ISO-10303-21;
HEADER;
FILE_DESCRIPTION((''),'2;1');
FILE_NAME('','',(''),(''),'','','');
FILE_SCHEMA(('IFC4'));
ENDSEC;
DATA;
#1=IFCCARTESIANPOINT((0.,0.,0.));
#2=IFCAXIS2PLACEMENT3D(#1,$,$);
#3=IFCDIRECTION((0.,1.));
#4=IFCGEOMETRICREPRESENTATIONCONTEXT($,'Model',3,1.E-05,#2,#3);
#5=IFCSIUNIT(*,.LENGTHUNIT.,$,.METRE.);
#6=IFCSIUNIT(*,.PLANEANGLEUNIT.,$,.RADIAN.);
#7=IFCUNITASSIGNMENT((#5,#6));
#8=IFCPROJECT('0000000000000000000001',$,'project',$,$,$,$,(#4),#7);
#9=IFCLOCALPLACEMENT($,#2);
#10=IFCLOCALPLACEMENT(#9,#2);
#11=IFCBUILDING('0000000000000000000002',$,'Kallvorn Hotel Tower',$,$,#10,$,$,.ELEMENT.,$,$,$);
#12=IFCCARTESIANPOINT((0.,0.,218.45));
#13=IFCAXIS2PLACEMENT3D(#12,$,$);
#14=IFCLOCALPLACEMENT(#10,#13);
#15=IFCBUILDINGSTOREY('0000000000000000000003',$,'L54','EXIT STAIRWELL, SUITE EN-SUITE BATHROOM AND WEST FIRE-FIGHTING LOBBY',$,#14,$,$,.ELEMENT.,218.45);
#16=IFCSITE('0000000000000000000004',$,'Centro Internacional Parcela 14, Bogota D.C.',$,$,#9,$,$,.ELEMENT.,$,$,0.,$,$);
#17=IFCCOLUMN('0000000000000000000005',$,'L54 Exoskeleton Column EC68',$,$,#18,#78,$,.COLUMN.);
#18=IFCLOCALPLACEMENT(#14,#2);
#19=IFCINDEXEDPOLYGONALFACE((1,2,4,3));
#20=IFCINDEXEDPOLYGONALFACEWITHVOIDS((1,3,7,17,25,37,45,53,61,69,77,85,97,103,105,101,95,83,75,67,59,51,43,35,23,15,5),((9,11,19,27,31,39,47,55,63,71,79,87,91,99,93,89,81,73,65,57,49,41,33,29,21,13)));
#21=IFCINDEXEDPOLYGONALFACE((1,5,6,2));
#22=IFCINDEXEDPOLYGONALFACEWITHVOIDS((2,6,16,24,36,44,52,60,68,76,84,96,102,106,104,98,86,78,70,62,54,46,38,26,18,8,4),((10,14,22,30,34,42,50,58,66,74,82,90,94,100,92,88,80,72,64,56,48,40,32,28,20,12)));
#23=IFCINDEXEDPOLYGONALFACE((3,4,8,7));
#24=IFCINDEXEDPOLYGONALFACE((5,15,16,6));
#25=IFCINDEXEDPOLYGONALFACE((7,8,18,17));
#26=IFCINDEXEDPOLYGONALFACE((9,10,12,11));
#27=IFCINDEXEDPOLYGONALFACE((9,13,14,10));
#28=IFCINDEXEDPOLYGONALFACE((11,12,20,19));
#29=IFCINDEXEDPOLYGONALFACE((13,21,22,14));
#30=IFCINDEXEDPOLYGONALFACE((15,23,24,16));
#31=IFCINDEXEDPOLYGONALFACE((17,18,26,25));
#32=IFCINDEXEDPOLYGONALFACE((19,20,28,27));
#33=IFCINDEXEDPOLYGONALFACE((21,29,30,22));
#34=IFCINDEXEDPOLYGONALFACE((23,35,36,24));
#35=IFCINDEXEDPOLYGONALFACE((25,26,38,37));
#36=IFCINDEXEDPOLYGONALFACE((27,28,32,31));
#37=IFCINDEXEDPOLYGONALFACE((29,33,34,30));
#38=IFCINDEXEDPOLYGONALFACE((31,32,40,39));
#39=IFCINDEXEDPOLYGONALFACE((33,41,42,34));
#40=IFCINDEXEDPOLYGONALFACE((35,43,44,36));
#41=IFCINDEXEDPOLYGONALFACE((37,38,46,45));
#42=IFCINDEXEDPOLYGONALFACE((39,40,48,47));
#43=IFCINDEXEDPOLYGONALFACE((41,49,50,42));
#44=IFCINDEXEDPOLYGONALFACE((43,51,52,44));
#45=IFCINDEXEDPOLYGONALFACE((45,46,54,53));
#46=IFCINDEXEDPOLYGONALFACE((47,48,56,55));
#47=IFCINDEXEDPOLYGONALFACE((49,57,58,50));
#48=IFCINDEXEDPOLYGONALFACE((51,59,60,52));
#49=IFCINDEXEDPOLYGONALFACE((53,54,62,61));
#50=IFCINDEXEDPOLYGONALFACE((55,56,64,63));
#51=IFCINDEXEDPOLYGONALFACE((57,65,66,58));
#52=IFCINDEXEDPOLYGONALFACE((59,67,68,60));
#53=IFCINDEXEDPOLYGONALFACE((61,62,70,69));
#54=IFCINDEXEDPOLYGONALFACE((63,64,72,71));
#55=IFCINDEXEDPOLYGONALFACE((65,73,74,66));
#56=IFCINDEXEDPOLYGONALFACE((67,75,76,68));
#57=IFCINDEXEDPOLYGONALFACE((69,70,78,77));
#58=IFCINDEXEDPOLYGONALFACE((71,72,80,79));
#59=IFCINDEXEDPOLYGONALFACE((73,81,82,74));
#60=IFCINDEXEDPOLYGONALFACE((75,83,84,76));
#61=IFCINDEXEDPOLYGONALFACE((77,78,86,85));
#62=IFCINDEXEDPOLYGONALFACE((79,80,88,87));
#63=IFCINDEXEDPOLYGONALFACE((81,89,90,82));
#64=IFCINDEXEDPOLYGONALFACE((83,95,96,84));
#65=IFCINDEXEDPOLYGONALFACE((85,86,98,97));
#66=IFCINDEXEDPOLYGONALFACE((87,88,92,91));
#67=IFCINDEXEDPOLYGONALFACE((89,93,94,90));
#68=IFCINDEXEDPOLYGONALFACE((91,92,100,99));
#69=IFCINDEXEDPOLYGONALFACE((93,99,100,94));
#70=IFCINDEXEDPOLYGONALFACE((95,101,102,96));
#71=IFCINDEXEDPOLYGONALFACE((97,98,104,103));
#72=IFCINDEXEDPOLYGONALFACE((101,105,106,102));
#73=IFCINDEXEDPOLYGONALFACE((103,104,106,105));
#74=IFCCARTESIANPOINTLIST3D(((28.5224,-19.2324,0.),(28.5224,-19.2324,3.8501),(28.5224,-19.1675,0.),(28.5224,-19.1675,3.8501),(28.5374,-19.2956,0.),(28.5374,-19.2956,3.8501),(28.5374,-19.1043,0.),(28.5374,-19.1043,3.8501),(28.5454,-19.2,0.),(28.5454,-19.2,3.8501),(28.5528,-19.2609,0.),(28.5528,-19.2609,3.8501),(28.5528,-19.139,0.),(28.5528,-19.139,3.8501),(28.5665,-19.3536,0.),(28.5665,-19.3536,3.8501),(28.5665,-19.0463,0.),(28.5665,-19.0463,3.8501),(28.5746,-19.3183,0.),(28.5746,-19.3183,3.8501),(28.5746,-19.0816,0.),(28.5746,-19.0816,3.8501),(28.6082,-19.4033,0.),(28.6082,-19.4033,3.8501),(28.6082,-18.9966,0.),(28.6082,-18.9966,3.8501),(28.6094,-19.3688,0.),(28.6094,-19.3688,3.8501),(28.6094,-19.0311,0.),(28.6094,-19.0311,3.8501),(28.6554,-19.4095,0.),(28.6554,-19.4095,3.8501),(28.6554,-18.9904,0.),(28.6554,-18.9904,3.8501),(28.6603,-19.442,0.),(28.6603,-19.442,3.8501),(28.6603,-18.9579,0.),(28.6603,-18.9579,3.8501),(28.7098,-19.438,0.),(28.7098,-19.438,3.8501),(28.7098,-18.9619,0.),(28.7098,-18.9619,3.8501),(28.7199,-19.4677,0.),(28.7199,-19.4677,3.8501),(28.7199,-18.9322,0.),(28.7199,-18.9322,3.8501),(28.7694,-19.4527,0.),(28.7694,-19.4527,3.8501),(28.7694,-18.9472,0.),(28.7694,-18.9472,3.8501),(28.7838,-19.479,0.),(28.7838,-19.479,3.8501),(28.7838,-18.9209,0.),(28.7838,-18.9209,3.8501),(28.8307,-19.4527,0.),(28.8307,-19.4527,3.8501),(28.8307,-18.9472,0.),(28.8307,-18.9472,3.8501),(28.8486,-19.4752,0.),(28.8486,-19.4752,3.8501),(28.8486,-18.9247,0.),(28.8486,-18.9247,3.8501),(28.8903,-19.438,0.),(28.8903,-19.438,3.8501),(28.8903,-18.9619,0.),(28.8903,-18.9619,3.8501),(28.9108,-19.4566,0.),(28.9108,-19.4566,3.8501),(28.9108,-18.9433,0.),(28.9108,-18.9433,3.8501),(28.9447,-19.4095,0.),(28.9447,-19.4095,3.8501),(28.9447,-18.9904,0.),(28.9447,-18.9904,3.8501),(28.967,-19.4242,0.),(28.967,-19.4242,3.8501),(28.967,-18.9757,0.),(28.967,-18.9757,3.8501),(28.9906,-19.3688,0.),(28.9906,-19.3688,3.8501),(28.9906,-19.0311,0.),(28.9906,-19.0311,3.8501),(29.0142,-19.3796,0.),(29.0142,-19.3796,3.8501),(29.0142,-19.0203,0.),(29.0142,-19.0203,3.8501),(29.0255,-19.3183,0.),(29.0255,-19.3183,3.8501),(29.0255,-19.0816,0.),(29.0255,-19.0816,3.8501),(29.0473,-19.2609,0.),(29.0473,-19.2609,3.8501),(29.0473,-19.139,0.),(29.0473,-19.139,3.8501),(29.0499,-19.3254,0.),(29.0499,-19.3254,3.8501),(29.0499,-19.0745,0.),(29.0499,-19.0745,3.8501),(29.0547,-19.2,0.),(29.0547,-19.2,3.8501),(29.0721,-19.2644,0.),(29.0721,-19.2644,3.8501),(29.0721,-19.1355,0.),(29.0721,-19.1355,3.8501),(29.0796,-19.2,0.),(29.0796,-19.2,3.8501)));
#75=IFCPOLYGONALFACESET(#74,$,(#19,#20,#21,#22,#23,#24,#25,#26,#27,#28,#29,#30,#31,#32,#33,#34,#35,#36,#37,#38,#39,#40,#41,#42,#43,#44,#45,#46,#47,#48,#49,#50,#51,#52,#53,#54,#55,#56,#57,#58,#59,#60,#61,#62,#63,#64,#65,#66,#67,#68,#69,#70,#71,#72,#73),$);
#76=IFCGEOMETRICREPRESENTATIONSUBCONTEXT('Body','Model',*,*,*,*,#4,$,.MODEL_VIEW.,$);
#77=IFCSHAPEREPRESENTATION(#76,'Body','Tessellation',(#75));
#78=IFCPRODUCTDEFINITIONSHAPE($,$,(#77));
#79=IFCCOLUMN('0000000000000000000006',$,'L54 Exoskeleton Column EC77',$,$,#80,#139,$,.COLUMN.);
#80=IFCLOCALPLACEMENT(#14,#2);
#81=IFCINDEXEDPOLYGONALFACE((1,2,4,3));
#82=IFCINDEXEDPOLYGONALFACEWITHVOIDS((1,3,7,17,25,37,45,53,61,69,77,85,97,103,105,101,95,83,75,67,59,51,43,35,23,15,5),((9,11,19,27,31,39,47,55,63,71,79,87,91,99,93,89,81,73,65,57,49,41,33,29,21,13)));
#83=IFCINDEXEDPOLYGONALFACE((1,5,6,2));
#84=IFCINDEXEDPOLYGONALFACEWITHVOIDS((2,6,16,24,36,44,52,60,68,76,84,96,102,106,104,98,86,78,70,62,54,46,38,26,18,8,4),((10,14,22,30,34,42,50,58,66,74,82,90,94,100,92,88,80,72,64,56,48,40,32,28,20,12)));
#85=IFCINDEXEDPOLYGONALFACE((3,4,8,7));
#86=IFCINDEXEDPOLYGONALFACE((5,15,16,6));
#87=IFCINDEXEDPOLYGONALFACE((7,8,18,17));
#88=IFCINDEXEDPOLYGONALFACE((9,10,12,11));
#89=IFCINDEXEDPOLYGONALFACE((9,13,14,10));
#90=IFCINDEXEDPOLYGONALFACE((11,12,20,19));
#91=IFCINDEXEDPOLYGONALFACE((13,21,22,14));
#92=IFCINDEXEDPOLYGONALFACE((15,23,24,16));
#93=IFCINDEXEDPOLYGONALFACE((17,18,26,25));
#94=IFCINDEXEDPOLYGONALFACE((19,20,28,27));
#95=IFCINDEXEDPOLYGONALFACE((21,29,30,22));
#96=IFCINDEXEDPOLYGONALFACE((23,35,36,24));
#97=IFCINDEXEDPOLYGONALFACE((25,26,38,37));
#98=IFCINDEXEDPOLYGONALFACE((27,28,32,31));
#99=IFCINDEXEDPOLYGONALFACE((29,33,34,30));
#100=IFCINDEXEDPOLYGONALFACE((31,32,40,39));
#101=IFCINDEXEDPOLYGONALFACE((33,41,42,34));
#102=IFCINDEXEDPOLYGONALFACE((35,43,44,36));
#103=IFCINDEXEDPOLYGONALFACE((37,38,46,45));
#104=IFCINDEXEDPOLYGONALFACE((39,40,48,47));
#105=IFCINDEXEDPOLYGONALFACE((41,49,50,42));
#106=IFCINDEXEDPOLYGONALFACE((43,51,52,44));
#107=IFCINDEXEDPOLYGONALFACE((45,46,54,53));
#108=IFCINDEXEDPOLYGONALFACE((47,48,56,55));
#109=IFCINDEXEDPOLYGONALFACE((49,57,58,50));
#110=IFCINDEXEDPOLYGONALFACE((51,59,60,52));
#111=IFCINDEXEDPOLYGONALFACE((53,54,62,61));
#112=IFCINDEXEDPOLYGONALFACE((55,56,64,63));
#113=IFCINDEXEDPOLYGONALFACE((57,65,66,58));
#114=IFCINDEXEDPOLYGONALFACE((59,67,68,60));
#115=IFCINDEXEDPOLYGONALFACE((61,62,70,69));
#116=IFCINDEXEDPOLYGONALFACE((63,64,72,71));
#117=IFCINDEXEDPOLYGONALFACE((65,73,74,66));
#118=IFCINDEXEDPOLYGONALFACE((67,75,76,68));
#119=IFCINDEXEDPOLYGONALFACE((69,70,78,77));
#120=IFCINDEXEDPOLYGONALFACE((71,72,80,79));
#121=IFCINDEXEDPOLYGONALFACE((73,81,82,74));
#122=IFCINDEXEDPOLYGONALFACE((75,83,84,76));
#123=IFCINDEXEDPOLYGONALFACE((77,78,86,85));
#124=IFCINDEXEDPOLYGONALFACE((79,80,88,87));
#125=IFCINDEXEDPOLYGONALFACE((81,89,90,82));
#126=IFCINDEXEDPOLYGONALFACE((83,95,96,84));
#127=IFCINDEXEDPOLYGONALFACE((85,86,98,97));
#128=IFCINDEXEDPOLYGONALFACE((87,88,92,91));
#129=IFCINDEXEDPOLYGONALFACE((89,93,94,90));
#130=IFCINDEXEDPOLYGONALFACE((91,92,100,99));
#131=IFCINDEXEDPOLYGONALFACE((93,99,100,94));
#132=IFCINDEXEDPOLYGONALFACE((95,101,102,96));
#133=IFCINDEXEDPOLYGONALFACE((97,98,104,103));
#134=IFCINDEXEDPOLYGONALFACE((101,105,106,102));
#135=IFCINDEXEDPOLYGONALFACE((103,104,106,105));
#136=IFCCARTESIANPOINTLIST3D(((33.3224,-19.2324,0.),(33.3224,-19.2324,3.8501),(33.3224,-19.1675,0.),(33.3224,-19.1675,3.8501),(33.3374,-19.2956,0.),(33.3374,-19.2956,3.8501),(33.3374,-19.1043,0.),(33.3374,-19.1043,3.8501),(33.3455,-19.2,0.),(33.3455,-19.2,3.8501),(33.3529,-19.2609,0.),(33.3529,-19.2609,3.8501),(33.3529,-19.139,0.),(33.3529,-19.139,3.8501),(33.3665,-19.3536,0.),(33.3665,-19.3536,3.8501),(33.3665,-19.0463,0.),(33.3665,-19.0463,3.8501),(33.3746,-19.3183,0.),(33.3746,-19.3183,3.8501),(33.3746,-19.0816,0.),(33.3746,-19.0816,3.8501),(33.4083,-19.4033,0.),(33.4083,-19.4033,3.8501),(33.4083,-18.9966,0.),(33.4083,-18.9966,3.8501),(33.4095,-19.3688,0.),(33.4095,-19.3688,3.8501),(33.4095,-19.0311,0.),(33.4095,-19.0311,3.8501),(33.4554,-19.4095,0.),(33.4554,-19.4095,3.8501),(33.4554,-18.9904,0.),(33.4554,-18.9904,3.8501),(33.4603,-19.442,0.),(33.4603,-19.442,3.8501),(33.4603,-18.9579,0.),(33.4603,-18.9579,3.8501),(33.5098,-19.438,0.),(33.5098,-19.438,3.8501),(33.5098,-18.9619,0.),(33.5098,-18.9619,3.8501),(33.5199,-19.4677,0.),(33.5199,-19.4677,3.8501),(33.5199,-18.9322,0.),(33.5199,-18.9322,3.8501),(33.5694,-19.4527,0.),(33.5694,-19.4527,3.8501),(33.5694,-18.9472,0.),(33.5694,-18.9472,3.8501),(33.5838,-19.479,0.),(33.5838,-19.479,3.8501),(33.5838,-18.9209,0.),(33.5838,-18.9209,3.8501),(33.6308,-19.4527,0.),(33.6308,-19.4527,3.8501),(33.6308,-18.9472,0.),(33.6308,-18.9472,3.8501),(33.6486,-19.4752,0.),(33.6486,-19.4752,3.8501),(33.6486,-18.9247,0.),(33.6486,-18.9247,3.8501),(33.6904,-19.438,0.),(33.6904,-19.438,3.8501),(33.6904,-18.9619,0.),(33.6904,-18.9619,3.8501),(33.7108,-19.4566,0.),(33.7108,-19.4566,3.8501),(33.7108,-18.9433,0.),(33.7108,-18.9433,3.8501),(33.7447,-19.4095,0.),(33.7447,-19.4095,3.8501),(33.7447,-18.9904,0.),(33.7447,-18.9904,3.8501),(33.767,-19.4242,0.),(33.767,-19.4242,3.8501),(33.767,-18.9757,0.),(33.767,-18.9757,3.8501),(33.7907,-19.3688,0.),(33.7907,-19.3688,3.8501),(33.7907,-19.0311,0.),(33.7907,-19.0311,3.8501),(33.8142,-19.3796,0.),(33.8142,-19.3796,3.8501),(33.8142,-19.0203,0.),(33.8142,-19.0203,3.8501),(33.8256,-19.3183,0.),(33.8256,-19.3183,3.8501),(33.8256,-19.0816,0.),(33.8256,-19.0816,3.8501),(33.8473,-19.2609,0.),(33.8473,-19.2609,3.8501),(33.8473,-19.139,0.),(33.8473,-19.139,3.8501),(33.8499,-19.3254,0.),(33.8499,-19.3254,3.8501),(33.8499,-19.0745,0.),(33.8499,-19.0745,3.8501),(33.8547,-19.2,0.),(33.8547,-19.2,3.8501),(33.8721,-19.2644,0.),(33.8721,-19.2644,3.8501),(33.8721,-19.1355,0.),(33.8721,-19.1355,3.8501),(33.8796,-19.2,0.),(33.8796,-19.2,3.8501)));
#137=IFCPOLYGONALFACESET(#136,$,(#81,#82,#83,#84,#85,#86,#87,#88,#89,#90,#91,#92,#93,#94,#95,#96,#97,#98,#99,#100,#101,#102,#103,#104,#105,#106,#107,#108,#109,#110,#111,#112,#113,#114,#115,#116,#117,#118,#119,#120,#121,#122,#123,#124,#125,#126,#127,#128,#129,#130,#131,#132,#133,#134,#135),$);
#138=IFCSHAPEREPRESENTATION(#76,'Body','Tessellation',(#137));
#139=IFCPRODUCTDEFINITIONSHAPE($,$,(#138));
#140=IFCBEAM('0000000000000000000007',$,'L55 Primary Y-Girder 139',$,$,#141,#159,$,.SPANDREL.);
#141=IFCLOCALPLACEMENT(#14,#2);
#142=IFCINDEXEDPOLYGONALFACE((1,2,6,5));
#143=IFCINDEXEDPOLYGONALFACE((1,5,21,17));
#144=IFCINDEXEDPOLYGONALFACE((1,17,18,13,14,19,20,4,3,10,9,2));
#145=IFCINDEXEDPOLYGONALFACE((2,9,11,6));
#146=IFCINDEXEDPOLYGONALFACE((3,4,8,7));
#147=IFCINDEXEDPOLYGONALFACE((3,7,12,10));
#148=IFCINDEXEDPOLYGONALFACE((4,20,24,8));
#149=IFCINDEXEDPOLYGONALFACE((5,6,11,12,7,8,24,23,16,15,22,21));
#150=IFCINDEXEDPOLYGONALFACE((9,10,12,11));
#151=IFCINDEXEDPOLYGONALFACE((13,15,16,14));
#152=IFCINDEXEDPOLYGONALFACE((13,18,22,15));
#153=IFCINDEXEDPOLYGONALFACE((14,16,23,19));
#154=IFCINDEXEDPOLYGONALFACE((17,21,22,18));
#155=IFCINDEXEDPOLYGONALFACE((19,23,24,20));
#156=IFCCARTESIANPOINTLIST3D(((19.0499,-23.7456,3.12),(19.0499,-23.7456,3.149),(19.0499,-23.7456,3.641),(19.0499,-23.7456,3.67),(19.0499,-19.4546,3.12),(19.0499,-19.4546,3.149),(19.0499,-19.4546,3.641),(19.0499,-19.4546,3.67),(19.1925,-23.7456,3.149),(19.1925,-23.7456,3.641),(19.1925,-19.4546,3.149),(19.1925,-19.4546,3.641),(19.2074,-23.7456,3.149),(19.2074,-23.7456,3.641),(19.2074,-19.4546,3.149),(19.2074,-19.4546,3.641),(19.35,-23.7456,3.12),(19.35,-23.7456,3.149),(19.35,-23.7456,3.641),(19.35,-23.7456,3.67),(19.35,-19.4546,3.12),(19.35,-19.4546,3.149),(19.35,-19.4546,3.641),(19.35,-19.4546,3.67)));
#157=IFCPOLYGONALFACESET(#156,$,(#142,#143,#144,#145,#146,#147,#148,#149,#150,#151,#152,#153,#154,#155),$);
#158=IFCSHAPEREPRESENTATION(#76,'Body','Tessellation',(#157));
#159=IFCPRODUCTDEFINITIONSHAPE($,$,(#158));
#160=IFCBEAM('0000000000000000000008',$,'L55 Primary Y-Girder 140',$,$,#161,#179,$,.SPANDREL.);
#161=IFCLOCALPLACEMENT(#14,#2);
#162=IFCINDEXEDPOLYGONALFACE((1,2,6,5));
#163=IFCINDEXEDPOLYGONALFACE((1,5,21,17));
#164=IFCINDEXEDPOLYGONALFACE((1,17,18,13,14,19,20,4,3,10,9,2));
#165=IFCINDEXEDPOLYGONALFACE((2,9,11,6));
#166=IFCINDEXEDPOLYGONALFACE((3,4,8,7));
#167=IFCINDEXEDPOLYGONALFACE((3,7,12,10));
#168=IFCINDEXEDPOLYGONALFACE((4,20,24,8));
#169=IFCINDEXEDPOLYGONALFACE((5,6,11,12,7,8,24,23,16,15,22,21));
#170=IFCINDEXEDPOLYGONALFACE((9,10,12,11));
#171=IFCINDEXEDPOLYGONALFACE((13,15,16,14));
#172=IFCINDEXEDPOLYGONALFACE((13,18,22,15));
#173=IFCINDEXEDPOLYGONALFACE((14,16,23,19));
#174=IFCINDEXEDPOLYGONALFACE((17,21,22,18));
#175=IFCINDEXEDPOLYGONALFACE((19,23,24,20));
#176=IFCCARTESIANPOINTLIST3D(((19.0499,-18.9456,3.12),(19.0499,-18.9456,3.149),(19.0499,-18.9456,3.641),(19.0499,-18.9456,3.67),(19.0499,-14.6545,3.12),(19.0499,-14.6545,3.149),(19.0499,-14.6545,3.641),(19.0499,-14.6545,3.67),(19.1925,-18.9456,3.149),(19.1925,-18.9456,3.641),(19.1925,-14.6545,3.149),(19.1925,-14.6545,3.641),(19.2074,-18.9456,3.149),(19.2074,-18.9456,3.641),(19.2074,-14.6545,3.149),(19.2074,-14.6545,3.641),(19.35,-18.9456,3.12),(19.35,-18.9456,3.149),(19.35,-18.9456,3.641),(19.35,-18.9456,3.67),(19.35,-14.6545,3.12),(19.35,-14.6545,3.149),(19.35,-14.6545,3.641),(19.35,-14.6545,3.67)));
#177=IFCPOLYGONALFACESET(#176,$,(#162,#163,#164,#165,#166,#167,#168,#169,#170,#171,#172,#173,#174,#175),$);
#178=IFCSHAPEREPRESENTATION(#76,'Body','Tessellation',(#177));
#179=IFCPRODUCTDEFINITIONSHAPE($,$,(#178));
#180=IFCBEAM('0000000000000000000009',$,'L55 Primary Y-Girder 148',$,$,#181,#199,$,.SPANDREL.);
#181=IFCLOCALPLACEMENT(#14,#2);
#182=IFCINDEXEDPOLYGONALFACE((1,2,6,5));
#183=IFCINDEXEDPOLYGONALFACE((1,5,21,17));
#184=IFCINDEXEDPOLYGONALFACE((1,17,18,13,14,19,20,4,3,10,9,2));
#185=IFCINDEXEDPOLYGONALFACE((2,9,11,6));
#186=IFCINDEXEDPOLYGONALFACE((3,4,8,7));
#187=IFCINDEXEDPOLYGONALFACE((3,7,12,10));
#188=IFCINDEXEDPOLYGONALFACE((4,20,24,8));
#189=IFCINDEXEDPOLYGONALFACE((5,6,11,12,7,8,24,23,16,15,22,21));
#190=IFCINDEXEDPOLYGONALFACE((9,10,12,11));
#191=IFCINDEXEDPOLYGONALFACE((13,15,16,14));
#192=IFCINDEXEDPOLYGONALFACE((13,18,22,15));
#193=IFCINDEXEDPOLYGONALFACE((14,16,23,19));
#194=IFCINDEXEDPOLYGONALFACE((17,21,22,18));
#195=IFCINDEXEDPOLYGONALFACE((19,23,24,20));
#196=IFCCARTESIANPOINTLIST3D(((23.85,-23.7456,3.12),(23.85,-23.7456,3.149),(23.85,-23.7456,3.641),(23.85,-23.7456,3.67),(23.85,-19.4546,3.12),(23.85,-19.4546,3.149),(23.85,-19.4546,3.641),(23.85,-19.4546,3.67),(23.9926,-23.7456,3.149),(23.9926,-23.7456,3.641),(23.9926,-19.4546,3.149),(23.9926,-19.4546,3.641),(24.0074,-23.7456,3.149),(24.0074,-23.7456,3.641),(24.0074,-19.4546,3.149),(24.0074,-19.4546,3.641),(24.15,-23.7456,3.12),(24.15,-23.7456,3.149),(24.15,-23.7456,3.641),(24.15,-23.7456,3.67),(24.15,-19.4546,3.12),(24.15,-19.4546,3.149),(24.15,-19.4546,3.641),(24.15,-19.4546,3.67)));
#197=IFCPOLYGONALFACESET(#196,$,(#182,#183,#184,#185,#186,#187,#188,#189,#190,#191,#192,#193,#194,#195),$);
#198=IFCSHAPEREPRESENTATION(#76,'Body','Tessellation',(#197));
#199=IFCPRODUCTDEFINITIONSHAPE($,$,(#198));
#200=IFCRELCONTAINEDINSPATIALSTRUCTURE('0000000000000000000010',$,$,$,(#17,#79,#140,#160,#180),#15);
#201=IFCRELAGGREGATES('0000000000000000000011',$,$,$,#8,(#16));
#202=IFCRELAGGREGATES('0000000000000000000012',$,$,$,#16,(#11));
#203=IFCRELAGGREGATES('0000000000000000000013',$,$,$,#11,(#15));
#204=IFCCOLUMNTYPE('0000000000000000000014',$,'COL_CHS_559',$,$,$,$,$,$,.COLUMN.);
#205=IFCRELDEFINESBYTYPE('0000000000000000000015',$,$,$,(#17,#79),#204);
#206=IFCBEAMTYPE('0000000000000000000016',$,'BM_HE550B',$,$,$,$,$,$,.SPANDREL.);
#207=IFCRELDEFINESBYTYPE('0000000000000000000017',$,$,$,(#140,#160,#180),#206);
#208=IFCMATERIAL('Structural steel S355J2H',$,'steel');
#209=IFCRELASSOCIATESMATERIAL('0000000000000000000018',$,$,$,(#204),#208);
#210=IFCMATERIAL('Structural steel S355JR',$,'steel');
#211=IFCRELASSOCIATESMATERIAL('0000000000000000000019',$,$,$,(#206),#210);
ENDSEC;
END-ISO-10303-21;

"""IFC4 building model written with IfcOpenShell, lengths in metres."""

from ifc_helpers import new_model, si_unit, direction, frame, origin, origin_2d, place, context, subcontext, project, spatial, hollow_circle, i_section, extrude, material, material_profile, profile_set, type_object, element, save


model = new_model("IFC4")

# Units and contexts
model_context = context("Model", 3, precision=1e-05, world=origin(), true_north=direction((0.0, 1.0)))
body_context = subcontext(model_context, "Body", "Model", "MODEL_VIEW")
ifc_project = project(units=[si_unit("LENGTHUNIT", "METRE"), si_unit("PLANEANGLEUNIT", "RADIAN")], contexts=[model_context])

# Site, building, storey
site_placement = place(None, origin())
site = spatial("IfcSite", under=ifc_project, at=site_placement, Name="Centro Internacional Parcela 14, Bogota D.C.", CompositionType="ELEMENT", RefElevation=0.0)
building_placement = place(site_placement, origin())
building = spatial("IfcBuilding", under=site, at=building_placement, Name="Kallvorn Hotel Tower", CompositionType="ELEMENT")
storey_placement = place(building_placement, frame((0.0, 0.0, 218.45)))
storey = spatial("IfcBuildingStorey", under=building, at=storey_placement, Name="L54", Description="EXIT STAIRWELL, SUITE EN-SUITE BATHROOM AND WEST FIRE-FIGHTING LOBBY", CompositionType="ELEMENT", Elevation=218.45)

# Columns
ifc_material_1 = material(Name="Structural steel S355J2H", Category="steel")
ifc_material_profile_1 = material_profile(ifc_material_1, hollow_circle(Radius=0.2795, WallThickness=0.0249, at=origin_2d()), Name="CHS 559x25")
ifc_profile_set_1 = profile_set([ifc_material_profile_1], Name="Structural steel S355J2H")
column_type = type_object("IfcColumnType", Name="COL_CHS_559", PredefinedType="COLUMN", material=ifc_profile_set_1)
for number, where, z_axis, x_axis, name in (
    (1, (28.8, -19.2, 0.0), (0.0, 0.0, 1.0), (1.0, 0.0, 0.0), "L54 Exoskeleton Column EC68"),
    (2, (33.6001, -19.2, 0.0), (0.0, 0.0, 1.0), (1.0, 0.0, 0.0), "L54 Exoskeleton Column EC77"),
):
    element("IfcColumn", number, at=place(storey_placement, frame(where, z_axis=z_axis, x_axis=x_axis)), inside=storey, type_object=column_type, Name=name, PredefinedType="COLUMN", context=body_context, shape_type="SweptSolid", body=[
        extrude(hollow_circle(Radius=0.2795, WallThickness=0.0249, at=origin_2d()), origin(), (0.0, 0.0, 1.0), 3.8501),
    ])

# Beams
ifc_material_2 = material(Name="Structural steel S355JR", Category="steel")
ifc_material_profile_2 = material_profile(ifc_material_2, i_section(OverallWidth=0.3, OverallDepth=0.55, WebThickness=0.0149, FlangeThickness=0.0291, at=origin_2d()), Name="HE 550 B")
ifc_profile_set_2 = profile_set([ifc_material_profile_2], Name="Structural steel S355JR")
beam_type_1 = type_object("IfcBeamType", Name="BM_HE550B", PredefinedType="SPANDREL", material=ifc_profile_set_2)
for number, where, z_axis, x_axis, name in (
    (3, (19.2, -23.7456, 3.395), (0.0, 1.0, 0.0), (-1.0, 0.0, 0.0), "L55 Primary Y-Girder 139"),
    (4, (19.2, -18.9456, 3.395), (0.0, 1.0, 0.0), (-1.0, 0.0, 0.0), "L55 Primary Y-Girder 140"),
    (5, (24.0, -23.7456, 3.395), (0.0, 1.0, 0.0), (-1.0, 0.0, 0.0), "L55 Primary Y-Girder 148"),
):
    element("IfcBeam", number, at=place(storey_placement, frame(where, z_axis=z_axis, x_axis=x_axis)), inside=storey, type_object=beam_type_1, Name=name, PredefinedType="SPANDREL", context=body_context, shape_type="SweptSolid", body=[
        extrude(i_section(OverallWidth=0.3, OverallDepth=0.55, WebThickness=0.0149, FlangeThickness=0.0291, at=origin_2d()), origin(), (0.0, 0.0, 1.0), 4.291),
    ])

save(model, "model.ifc")
